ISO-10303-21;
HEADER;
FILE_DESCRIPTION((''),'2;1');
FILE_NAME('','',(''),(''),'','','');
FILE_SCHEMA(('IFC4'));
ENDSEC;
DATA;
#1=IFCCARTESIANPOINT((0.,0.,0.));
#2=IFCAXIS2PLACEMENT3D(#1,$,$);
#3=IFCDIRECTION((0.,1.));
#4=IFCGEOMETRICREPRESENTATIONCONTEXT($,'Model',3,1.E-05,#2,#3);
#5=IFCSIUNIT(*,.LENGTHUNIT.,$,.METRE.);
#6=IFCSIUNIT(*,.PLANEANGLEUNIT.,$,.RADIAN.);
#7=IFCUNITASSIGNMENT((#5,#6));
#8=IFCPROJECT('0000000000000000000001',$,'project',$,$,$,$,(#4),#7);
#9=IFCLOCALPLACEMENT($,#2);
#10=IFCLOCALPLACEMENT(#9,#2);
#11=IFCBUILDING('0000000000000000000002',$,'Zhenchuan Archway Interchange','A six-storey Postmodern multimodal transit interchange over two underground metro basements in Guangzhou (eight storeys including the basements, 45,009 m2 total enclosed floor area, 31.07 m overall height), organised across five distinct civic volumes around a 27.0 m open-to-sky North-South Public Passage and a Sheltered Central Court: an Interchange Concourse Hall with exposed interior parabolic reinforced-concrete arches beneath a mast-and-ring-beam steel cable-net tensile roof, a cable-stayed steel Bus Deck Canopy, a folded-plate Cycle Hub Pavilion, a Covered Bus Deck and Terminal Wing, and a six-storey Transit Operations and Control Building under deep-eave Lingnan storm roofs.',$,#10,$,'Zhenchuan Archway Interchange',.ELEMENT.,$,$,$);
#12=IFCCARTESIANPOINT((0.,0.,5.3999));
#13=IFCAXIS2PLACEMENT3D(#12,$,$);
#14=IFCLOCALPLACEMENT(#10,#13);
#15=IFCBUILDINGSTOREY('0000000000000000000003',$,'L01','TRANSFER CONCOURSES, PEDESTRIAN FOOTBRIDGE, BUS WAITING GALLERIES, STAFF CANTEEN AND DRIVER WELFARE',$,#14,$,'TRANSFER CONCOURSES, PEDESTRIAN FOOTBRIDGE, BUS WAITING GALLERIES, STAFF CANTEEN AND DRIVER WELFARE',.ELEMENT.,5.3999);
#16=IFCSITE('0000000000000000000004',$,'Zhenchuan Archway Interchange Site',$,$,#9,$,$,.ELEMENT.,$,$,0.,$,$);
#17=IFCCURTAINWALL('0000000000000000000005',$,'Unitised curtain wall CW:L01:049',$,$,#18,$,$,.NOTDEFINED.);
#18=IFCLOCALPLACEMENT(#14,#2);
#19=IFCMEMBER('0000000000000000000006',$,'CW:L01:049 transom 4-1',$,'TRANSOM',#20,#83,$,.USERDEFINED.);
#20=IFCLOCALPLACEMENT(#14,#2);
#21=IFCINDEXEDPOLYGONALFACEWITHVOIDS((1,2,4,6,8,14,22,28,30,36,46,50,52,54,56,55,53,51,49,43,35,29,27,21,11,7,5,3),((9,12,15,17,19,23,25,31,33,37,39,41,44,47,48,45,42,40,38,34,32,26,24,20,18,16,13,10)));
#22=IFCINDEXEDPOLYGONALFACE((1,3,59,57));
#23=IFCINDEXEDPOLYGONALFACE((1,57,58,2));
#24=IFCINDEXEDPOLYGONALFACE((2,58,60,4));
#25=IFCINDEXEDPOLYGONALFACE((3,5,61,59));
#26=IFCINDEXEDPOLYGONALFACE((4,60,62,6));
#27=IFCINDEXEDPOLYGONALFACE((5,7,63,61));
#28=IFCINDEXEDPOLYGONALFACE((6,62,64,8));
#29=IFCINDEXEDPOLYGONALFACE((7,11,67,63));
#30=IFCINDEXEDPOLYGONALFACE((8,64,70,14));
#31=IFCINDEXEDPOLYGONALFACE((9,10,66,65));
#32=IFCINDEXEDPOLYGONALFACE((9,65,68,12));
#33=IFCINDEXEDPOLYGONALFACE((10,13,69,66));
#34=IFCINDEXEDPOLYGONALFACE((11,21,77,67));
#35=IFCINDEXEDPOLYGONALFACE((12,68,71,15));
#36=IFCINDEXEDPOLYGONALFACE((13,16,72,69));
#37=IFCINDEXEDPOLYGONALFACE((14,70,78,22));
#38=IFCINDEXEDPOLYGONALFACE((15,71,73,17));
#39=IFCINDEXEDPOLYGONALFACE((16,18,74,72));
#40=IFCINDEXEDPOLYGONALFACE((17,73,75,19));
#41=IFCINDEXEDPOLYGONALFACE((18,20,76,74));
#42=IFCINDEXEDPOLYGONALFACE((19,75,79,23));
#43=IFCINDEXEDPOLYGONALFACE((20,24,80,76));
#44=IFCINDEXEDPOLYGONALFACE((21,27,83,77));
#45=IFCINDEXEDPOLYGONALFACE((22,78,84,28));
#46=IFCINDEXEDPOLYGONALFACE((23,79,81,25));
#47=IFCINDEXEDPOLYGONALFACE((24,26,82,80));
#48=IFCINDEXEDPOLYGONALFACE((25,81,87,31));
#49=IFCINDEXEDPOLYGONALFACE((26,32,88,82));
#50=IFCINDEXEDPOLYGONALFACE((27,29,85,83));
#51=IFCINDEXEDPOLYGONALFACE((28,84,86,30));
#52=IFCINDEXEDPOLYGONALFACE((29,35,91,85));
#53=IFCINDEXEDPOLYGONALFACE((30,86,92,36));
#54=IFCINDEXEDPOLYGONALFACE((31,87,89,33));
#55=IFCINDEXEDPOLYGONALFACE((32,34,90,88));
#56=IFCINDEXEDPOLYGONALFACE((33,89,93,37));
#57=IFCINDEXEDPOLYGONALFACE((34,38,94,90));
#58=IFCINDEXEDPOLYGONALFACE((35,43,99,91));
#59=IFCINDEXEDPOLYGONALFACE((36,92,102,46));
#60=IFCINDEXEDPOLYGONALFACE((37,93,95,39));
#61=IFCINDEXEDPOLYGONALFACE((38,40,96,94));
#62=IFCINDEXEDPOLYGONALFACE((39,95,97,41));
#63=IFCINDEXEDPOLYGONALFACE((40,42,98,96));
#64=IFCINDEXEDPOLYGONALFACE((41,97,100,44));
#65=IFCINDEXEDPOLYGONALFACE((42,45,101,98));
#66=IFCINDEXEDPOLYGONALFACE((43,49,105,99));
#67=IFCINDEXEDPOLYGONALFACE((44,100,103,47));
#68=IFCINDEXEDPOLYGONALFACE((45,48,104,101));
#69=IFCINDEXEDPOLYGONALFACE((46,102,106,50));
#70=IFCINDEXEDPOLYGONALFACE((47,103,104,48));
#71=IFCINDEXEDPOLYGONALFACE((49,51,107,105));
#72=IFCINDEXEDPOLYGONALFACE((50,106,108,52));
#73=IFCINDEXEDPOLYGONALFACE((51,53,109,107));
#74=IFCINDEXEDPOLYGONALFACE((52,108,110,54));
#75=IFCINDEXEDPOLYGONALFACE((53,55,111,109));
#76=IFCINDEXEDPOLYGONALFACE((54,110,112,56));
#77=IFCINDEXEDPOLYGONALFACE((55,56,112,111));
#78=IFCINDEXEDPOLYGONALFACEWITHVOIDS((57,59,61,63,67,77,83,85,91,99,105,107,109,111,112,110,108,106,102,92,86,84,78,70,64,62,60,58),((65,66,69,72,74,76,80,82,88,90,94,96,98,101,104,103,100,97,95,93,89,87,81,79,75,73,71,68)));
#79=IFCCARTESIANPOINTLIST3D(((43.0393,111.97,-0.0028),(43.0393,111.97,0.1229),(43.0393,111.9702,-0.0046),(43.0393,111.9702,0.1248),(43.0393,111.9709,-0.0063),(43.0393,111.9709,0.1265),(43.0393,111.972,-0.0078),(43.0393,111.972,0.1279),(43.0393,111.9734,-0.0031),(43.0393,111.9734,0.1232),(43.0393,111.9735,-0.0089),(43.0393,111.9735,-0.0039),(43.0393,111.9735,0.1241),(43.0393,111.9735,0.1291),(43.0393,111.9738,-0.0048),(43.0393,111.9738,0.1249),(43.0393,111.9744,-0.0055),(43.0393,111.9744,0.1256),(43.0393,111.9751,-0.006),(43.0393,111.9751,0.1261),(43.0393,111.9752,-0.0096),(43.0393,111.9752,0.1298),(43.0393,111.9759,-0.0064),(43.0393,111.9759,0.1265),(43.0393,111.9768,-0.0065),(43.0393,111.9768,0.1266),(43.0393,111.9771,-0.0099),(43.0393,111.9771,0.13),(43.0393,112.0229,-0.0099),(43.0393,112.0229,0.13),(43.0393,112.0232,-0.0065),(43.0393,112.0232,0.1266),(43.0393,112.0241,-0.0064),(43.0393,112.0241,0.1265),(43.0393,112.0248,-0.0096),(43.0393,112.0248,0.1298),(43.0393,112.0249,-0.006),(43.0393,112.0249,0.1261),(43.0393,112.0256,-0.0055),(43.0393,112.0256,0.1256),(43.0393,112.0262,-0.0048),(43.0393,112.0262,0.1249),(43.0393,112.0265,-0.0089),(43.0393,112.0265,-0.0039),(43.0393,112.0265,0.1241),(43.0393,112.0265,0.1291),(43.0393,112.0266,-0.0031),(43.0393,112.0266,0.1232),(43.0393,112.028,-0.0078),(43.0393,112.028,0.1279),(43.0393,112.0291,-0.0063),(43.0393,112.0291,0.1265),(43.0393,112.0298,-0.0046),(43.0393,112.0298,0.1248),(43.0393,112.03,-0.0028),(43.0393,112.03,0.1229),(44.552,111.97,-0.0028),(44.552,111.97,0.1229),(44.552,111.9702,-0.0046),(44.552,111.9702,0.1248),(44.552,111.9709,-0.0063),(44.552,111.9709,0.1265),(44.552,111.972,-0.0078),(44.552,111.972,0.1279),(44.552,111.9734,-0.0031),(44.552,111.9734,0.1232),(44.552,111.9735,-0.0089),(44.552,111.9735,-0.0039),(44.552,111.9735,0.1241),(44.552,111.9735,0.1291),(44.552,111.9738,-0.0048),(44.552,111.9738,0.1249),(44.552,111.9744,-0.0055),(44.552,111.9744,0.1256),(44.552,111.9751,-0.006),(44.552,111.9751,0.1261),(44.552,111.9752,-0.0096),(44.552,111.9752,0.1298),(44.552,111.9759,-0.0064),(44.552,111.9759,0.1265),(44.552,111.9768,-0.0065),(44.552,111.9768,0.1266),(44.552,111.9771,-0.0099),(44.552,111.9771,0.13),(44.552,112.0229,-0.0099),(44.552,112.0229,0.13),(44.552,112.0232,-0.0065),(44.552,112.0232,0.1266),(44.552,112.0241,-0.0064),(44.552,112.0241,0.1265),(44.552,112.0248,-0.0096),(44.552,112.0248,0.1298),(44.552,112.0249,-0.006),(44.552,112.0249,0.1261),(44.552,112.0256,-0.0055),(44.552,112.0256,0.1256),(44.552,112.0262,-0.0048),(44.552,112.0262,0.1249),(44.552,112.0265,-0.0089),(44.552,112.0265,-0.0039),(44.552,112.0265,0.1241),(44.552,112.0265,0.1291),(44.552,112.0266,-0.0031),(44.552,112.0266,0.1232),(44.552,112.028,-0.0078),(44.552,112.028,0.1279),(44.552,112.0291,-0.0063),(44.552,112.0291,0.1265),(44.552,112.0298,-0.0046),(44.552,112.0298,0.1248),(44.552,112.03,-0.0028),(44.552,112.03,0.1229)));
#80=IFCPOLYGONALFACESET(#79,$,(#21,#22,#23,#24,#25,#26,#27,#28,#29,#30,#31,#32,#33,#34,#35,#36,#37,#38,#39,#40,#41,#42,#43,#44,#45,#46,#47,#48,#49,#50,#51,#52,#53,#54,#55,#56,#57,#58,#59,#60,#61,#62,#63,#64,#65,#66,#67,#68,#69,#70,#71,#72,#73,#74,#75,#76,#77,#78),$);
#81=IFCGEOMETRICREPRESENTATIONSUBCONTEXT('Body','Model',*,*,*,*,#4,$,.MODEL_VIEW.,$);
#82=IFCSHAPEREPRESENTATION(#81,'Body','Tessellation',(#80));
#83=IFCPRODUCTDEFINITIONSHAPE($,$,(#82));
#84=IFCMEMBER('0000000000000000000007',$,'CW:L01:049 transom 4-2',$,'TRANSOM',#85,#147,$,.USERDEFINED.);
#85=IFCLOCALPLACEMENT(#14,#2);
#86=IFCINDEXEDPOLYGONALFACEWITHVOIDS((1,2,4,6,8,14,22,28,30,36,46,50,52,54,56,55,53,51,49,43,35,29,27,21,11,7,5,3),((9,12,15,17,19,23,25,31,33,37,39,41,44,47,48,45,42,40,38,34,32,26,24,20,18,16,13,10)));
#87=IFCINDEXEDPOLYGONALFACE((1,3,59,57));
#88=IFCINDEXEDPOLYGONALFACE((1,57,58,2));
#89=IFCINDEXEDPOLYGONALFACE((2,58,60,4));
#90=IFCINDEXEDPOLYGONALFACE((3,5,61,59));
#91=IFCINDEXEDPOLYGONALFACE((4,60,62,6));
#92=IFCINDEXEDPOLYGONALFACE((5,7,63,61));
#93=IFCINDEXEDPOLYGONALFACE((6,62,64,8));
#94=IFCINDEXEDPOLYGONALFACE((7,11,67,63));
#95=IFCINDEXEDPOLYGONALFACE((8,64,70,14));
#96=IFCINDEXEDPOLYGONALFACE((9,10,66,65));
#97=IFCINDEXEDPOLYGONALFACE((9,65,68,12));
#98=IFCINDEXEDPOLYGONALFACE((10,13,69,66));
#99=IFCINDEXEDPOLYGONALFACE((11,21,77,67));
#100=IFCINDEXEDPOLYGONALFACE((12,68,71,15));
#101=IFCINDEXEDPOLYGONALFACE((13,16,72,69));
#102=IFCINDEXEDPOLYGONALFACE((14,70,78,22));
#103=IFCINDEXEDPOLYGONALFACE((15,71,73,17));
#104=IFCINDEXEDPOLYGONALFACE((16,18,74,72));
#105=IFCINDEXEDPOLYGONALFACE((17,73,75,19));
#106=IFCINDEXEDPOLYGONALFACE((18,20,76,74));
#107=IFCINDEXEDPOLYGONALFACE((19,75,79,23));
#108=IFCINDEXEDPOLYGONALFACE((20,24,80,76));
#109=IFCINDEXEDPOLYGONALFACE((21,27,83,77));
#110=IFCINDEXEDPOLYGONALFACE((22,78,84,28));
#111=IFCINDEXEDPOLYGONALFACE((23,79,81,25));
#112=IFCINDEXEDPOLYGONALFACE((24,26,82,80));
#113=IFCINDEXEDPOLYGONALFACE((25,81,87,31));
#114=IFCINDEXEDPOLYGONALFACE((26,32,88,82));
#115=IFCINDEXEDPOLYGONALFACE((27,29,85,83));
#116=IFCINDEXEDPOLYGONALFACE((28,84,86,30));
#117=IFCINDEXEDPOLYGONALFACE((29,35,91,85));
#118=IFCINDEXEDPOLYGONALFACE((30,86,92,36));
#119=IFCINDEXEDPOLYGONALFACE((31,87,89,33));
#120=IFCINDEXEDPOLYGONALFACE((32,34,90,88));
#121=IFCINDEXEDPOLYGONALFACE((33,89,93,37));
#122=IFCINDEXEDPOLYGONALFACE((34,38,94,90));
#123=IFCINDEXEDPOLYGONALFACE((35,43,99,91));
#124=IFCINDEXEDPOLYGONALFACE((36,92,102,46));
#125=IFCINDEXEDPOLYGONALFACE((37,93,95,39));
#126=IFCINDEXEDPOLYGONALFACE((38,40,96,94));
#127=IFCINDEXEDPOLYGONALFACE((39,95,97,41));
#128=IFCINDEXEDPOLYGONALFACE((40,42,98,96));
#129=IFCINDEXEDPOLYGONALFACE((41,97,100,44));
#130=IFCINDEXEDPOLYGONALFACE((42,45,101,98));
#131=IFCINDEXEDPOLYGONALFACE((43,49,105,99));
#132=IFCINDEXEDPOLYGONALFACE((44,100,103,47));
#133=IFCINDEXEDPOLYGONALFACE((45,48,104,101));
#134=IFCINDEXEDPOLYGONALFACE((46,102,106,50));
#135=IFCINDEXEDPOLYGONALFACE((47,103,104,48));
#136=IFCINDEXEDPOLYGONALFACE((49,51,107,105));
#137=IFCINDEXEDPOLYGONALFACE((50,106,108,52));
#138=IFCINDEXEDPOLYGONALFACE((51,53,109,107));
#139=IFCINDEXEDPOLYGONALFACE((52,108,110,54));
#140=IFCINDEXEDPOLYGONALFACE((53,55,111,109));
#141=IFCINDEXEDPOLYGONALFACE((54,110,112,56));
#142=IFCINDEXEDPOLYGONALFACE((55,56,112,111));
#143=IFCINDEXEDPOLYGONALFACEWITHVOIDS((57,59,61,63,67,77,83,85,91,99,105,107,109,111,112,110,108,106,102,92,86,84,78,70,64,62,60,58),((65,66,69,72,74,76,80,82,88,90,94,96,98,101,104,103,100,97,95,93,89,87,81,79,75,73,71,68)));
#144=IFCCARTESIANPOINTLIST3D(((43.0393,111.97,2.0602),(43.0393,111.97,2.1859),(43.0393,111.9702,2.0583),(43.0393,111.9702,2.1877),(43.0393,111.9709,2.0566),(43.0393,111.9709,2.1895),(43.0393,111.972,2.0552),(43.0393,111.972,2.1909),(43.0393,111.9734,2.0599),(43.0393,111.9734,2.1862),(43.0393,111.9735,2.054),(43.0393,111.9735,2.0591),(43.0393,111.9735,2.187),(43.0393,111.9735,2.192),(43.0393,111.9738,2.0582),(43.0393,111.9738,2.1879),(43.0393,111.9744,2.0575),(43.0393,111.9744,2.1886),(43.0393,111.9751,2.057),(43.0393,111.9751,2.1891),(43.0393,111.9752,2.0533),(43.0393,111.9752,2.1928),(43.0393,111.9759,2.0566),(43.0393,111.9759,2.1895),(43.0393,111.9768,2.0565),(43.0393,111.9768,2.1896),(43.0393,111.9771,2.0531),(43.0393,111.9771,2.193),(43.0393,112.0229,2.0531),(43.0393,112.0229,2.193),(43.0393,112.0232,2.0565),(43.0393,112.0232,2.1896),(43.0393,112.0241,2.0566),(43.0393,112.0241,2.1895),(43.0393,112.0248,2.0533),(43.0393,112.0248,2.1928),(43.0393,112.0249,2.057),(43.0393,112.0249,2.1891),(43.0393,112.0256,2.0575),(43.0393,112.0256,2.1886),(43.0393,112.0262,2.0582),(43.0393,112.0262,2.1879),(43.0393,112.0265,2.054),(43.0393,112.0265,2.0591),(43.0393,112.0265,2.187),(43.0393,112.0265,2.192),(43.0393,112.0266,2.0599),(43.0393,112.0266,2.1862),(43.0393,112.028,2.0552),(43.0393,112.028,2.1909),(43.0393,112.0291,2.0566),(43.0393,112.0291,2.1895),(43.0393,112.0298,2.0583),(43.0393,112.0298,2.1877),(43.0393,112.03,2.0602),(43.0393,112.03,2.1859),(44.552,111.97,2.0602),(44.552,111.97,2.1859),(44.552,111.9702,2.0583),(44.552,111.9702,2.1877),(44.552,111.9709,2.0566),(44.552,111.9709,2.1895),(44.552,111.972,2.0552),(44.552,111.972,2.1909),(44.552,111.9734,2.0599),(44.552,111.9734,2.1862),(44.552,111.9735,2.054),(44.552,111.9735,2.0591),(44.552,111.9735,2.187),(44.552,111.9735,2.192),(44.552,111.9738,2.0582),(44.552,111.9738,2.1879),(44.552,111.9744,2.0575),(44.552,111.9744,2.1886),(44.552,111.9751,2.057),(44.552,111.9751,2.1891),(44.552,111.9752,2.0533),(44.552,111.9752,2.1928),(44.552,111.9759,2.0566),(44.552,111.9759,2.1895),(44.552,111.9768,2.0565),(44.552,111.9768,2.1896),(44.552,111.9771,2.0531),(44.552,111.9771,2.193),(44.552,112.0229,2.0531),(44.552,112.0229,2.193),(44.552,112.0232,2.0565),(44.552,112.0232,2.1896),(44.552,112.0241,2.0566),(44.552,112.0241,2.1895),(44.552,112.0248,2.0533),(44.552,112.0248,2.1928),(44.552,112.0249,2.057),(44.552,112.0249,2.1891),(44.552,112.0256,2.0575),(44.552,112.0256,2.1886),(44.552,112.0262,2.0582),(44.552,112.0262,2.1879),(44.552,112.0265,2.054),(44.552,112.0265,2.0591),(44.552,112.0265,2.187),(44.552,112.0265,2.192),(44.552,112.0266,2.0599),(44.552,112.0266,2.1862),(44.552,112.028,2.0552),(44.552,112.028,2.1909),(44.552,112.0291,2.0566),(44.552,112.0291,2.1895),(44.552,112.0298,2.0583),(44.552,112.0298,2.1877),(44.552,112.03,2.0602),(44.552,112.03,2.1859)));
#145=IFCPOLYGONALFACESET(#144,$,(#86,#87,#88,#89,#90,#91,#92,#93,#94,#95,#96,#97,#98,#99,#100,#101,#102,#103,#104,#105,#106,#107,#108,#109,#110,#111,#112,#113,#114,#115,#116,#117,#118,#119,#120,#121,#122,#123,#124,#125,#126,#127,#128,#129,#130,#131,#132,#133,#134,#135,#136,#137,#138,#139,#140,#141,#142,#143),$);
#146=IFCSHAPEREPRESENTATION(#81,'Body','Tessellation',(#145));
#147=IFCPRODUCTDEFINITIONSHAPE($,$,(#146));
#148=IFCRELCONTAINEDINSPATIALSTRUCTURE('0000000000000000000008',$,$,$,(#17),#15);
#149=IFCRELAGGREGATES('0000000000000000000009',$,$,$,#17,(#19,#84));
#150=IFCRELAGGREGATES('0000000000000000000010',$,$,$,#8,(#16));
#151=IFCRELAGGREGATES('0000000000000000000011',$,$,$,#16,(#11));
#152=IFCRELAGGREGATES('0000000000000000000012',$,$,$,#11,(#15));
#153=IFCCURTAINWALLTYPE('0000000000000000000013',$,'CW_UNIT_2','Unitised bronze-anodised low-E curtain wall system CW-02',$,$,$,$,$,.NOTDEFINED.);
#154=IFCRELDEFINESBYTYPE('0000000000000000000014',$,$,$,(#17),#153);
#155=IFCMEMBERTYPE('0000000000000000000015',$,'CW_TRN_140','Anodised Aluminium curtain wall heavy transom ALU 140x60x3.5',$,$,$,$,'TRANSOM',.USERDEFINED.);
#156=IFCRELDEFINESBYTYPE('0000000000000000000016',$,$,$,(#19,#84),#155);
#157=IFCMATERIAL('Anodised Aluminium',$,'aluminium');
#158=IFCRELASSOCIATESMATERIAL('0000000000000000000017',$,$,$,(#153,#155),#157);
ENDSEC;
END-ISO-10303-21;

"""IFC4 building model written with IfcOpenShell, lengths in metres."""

from ifc_helpers import new_model, si_unit, direction, frame, origin, origin_2d, place, context, subcontext, project, spatial, hollow_rectangle, extrude, material, material_profile, profile_set, type_object, element, aggregate, save


model = new_model("IFC4")

# Units and contexts
model_context = context("Model", 3, precision=1e-05, world=origin(), true_north=direction((0.0, 1.0)))
body_context = subcontext(model_context, "Body", "Model", "MODEL_VIEW")
ifc_project = project(units=[si_unit("LENGTHUNIT", "METRE"), si_unit("PLANEANGLEUNIT", "RADIAN")], contexts=[model_context])

# Site, building, storey
site_placement = place(None, origin())
site = spatial("IfcSite", under=ifc_project, at=site_placement, Name="Zhenchuan Archway Interchange Site", CompositionType="ELEMENT", RefElevation=0.0)
building_placement = place(site_placement, origin())
building = spatial("IfcBuilding", under=site, at=building_placement, Name="Zhenchuan Archway Interchange", Description="A six-storey Postmodern multimodal transit interchange over two underground metro basements in Guangzhou (eight storeys including the basements, 45,009 m2 total enclosed floor area, 31.07 m overall height), organised across five distinct civic volumes around a 27.0 m open-to-sky North-South Public Passage and a Sheltered Central Court: an Interchange Concourse Hall with exposed interior parabolic reinforced-concrete arches beneath a mast-and-ring-beam steel cable-net tensile roof, a cable-stayed steel Bus Deck Canopy, a folded-plate Cycle Hub Pavilion, a Covered Bus Deck and Terminal Wing, and a six-storey Transit Operations and Control Building under deep-eave Lingnan storm roofs.", LongName="Zhenchuan Archway Interchange", CompositionType="ELEMENT")
storey_placement = place(building_placement, frame((0.0, 0.0, 5.3999)))
storey = spatial("IfcBuildingStorey", under=building, at=storey_placement, Name="L01", Description="TRANSFER CONCOURSES, PEDESTRIAN FOOTBRIDGE, BUS WAITING GALLERIES, STAFF CANTEEN AND DRIVER WELFARE", LongName="TRANSFER CONCOURSES, PEDESTRIAN FOOTBRIDGE, BUS WAITING GALLERIES, STAFF CANTEEN AND DRIVER WELFARE", CompositionType="ELEMENT", Elevation=5.3999)

# Curtain wall, members
ifc_material_1 = material(Name="Anodised Aluminium", Category="aluminium")
curtain_wall_type_1 = type_object("IfcCurtainWallType", Name="CW_UNIT_2", Description="Unitised bronze-anodised low-E curtain wall system CW-02", PredefinedType="NOTDEFINED", material=ifc_material_1)
curtain_wall_1_placement = place(storey_placement, origin())
curtain_wall_1 = element("IfcCurtainWall", 1, at=curtain_wall_1_placement, inside=storey, type_object=curtain_wall_type_1, Name="Unitised curtain wall CW:L01:049", PredefinedType="NOTDEFINED")
ifc_material_profile_1 = material_profile(ifc_material_1, hollow_rectangle(XDim=0.0601, YDim=0.1399, WallThickness=0.0034, InnerFilletRadius=0.0034, OuterFilletRadius=0.0071, at=origin_2d()), Name="ALU 140x60x3.5")
ifc_profile_set_1 = profile_set([ifc_material_profile_1], Name="Anodised Aluminium")
member_type_1 = type_object("IfcMemberType", Name="CW_TRN_140", Description="Anodised Aluminium curtain wall heavy transom ALU 140x60x3.5", ElementType="TRANSOM", PredefinedType="USERDEFINED", material=ifc_profile_set_1)
member_1_placement = place(storey_placement, frame((43.0393, 112.0, 0.0601), z_axis=(1.0, 0.0, 0.0), x_axis=(0.0, 1.0, 0.0)))
member_1 = element("IfcMember", 2, at=member_1_placement, type_object=member_type_1, Name="CW:L01:049 transom 4-1", ObjectType="TRANSOM", PredefinedType="USERDEFINED", context=body_context, shape_type="SweptSolid", body=[
    extrude(hollow_rectangle(XDim=0.0601, YDim=0.1399, WallThickness=0.0034, InnerFilletRadius=0.0034, OuterFilletRadius=0.0071, at=origin_2d()), origin(), (0.0, 0.0, 1.0), 1.5127),
])
member_2_placement = place(storey_placement, frame((43.0393, 112.0, 2.123), z_axis=(1.0, 0.0, 0.0), x_axis=(0.0, 1.0, 0.0)))
member_2 = element("IfcMember", 3, at=member_2_placement, type_object=member_type_1, Name="CW:L01:049 transom 4-2", ObjectType="TRANSOM", PredefinedType="USERDEFINED", context=body_context, shape_type="SweptSolid", body=[
    extrude(hollow_rectangle(XDim=0.0601, YDim=0.1399, WallThickness=0.0034, InnerFilletRadius=0.0034, OuterFilletRadius=0.0071, at=origin_2d()), origin(), (0.0, 0.0, 1.0), 1.5127),
])

aggregate(curtain_wall_1, [member_1, member_2])

save(model, "model.ifc")
